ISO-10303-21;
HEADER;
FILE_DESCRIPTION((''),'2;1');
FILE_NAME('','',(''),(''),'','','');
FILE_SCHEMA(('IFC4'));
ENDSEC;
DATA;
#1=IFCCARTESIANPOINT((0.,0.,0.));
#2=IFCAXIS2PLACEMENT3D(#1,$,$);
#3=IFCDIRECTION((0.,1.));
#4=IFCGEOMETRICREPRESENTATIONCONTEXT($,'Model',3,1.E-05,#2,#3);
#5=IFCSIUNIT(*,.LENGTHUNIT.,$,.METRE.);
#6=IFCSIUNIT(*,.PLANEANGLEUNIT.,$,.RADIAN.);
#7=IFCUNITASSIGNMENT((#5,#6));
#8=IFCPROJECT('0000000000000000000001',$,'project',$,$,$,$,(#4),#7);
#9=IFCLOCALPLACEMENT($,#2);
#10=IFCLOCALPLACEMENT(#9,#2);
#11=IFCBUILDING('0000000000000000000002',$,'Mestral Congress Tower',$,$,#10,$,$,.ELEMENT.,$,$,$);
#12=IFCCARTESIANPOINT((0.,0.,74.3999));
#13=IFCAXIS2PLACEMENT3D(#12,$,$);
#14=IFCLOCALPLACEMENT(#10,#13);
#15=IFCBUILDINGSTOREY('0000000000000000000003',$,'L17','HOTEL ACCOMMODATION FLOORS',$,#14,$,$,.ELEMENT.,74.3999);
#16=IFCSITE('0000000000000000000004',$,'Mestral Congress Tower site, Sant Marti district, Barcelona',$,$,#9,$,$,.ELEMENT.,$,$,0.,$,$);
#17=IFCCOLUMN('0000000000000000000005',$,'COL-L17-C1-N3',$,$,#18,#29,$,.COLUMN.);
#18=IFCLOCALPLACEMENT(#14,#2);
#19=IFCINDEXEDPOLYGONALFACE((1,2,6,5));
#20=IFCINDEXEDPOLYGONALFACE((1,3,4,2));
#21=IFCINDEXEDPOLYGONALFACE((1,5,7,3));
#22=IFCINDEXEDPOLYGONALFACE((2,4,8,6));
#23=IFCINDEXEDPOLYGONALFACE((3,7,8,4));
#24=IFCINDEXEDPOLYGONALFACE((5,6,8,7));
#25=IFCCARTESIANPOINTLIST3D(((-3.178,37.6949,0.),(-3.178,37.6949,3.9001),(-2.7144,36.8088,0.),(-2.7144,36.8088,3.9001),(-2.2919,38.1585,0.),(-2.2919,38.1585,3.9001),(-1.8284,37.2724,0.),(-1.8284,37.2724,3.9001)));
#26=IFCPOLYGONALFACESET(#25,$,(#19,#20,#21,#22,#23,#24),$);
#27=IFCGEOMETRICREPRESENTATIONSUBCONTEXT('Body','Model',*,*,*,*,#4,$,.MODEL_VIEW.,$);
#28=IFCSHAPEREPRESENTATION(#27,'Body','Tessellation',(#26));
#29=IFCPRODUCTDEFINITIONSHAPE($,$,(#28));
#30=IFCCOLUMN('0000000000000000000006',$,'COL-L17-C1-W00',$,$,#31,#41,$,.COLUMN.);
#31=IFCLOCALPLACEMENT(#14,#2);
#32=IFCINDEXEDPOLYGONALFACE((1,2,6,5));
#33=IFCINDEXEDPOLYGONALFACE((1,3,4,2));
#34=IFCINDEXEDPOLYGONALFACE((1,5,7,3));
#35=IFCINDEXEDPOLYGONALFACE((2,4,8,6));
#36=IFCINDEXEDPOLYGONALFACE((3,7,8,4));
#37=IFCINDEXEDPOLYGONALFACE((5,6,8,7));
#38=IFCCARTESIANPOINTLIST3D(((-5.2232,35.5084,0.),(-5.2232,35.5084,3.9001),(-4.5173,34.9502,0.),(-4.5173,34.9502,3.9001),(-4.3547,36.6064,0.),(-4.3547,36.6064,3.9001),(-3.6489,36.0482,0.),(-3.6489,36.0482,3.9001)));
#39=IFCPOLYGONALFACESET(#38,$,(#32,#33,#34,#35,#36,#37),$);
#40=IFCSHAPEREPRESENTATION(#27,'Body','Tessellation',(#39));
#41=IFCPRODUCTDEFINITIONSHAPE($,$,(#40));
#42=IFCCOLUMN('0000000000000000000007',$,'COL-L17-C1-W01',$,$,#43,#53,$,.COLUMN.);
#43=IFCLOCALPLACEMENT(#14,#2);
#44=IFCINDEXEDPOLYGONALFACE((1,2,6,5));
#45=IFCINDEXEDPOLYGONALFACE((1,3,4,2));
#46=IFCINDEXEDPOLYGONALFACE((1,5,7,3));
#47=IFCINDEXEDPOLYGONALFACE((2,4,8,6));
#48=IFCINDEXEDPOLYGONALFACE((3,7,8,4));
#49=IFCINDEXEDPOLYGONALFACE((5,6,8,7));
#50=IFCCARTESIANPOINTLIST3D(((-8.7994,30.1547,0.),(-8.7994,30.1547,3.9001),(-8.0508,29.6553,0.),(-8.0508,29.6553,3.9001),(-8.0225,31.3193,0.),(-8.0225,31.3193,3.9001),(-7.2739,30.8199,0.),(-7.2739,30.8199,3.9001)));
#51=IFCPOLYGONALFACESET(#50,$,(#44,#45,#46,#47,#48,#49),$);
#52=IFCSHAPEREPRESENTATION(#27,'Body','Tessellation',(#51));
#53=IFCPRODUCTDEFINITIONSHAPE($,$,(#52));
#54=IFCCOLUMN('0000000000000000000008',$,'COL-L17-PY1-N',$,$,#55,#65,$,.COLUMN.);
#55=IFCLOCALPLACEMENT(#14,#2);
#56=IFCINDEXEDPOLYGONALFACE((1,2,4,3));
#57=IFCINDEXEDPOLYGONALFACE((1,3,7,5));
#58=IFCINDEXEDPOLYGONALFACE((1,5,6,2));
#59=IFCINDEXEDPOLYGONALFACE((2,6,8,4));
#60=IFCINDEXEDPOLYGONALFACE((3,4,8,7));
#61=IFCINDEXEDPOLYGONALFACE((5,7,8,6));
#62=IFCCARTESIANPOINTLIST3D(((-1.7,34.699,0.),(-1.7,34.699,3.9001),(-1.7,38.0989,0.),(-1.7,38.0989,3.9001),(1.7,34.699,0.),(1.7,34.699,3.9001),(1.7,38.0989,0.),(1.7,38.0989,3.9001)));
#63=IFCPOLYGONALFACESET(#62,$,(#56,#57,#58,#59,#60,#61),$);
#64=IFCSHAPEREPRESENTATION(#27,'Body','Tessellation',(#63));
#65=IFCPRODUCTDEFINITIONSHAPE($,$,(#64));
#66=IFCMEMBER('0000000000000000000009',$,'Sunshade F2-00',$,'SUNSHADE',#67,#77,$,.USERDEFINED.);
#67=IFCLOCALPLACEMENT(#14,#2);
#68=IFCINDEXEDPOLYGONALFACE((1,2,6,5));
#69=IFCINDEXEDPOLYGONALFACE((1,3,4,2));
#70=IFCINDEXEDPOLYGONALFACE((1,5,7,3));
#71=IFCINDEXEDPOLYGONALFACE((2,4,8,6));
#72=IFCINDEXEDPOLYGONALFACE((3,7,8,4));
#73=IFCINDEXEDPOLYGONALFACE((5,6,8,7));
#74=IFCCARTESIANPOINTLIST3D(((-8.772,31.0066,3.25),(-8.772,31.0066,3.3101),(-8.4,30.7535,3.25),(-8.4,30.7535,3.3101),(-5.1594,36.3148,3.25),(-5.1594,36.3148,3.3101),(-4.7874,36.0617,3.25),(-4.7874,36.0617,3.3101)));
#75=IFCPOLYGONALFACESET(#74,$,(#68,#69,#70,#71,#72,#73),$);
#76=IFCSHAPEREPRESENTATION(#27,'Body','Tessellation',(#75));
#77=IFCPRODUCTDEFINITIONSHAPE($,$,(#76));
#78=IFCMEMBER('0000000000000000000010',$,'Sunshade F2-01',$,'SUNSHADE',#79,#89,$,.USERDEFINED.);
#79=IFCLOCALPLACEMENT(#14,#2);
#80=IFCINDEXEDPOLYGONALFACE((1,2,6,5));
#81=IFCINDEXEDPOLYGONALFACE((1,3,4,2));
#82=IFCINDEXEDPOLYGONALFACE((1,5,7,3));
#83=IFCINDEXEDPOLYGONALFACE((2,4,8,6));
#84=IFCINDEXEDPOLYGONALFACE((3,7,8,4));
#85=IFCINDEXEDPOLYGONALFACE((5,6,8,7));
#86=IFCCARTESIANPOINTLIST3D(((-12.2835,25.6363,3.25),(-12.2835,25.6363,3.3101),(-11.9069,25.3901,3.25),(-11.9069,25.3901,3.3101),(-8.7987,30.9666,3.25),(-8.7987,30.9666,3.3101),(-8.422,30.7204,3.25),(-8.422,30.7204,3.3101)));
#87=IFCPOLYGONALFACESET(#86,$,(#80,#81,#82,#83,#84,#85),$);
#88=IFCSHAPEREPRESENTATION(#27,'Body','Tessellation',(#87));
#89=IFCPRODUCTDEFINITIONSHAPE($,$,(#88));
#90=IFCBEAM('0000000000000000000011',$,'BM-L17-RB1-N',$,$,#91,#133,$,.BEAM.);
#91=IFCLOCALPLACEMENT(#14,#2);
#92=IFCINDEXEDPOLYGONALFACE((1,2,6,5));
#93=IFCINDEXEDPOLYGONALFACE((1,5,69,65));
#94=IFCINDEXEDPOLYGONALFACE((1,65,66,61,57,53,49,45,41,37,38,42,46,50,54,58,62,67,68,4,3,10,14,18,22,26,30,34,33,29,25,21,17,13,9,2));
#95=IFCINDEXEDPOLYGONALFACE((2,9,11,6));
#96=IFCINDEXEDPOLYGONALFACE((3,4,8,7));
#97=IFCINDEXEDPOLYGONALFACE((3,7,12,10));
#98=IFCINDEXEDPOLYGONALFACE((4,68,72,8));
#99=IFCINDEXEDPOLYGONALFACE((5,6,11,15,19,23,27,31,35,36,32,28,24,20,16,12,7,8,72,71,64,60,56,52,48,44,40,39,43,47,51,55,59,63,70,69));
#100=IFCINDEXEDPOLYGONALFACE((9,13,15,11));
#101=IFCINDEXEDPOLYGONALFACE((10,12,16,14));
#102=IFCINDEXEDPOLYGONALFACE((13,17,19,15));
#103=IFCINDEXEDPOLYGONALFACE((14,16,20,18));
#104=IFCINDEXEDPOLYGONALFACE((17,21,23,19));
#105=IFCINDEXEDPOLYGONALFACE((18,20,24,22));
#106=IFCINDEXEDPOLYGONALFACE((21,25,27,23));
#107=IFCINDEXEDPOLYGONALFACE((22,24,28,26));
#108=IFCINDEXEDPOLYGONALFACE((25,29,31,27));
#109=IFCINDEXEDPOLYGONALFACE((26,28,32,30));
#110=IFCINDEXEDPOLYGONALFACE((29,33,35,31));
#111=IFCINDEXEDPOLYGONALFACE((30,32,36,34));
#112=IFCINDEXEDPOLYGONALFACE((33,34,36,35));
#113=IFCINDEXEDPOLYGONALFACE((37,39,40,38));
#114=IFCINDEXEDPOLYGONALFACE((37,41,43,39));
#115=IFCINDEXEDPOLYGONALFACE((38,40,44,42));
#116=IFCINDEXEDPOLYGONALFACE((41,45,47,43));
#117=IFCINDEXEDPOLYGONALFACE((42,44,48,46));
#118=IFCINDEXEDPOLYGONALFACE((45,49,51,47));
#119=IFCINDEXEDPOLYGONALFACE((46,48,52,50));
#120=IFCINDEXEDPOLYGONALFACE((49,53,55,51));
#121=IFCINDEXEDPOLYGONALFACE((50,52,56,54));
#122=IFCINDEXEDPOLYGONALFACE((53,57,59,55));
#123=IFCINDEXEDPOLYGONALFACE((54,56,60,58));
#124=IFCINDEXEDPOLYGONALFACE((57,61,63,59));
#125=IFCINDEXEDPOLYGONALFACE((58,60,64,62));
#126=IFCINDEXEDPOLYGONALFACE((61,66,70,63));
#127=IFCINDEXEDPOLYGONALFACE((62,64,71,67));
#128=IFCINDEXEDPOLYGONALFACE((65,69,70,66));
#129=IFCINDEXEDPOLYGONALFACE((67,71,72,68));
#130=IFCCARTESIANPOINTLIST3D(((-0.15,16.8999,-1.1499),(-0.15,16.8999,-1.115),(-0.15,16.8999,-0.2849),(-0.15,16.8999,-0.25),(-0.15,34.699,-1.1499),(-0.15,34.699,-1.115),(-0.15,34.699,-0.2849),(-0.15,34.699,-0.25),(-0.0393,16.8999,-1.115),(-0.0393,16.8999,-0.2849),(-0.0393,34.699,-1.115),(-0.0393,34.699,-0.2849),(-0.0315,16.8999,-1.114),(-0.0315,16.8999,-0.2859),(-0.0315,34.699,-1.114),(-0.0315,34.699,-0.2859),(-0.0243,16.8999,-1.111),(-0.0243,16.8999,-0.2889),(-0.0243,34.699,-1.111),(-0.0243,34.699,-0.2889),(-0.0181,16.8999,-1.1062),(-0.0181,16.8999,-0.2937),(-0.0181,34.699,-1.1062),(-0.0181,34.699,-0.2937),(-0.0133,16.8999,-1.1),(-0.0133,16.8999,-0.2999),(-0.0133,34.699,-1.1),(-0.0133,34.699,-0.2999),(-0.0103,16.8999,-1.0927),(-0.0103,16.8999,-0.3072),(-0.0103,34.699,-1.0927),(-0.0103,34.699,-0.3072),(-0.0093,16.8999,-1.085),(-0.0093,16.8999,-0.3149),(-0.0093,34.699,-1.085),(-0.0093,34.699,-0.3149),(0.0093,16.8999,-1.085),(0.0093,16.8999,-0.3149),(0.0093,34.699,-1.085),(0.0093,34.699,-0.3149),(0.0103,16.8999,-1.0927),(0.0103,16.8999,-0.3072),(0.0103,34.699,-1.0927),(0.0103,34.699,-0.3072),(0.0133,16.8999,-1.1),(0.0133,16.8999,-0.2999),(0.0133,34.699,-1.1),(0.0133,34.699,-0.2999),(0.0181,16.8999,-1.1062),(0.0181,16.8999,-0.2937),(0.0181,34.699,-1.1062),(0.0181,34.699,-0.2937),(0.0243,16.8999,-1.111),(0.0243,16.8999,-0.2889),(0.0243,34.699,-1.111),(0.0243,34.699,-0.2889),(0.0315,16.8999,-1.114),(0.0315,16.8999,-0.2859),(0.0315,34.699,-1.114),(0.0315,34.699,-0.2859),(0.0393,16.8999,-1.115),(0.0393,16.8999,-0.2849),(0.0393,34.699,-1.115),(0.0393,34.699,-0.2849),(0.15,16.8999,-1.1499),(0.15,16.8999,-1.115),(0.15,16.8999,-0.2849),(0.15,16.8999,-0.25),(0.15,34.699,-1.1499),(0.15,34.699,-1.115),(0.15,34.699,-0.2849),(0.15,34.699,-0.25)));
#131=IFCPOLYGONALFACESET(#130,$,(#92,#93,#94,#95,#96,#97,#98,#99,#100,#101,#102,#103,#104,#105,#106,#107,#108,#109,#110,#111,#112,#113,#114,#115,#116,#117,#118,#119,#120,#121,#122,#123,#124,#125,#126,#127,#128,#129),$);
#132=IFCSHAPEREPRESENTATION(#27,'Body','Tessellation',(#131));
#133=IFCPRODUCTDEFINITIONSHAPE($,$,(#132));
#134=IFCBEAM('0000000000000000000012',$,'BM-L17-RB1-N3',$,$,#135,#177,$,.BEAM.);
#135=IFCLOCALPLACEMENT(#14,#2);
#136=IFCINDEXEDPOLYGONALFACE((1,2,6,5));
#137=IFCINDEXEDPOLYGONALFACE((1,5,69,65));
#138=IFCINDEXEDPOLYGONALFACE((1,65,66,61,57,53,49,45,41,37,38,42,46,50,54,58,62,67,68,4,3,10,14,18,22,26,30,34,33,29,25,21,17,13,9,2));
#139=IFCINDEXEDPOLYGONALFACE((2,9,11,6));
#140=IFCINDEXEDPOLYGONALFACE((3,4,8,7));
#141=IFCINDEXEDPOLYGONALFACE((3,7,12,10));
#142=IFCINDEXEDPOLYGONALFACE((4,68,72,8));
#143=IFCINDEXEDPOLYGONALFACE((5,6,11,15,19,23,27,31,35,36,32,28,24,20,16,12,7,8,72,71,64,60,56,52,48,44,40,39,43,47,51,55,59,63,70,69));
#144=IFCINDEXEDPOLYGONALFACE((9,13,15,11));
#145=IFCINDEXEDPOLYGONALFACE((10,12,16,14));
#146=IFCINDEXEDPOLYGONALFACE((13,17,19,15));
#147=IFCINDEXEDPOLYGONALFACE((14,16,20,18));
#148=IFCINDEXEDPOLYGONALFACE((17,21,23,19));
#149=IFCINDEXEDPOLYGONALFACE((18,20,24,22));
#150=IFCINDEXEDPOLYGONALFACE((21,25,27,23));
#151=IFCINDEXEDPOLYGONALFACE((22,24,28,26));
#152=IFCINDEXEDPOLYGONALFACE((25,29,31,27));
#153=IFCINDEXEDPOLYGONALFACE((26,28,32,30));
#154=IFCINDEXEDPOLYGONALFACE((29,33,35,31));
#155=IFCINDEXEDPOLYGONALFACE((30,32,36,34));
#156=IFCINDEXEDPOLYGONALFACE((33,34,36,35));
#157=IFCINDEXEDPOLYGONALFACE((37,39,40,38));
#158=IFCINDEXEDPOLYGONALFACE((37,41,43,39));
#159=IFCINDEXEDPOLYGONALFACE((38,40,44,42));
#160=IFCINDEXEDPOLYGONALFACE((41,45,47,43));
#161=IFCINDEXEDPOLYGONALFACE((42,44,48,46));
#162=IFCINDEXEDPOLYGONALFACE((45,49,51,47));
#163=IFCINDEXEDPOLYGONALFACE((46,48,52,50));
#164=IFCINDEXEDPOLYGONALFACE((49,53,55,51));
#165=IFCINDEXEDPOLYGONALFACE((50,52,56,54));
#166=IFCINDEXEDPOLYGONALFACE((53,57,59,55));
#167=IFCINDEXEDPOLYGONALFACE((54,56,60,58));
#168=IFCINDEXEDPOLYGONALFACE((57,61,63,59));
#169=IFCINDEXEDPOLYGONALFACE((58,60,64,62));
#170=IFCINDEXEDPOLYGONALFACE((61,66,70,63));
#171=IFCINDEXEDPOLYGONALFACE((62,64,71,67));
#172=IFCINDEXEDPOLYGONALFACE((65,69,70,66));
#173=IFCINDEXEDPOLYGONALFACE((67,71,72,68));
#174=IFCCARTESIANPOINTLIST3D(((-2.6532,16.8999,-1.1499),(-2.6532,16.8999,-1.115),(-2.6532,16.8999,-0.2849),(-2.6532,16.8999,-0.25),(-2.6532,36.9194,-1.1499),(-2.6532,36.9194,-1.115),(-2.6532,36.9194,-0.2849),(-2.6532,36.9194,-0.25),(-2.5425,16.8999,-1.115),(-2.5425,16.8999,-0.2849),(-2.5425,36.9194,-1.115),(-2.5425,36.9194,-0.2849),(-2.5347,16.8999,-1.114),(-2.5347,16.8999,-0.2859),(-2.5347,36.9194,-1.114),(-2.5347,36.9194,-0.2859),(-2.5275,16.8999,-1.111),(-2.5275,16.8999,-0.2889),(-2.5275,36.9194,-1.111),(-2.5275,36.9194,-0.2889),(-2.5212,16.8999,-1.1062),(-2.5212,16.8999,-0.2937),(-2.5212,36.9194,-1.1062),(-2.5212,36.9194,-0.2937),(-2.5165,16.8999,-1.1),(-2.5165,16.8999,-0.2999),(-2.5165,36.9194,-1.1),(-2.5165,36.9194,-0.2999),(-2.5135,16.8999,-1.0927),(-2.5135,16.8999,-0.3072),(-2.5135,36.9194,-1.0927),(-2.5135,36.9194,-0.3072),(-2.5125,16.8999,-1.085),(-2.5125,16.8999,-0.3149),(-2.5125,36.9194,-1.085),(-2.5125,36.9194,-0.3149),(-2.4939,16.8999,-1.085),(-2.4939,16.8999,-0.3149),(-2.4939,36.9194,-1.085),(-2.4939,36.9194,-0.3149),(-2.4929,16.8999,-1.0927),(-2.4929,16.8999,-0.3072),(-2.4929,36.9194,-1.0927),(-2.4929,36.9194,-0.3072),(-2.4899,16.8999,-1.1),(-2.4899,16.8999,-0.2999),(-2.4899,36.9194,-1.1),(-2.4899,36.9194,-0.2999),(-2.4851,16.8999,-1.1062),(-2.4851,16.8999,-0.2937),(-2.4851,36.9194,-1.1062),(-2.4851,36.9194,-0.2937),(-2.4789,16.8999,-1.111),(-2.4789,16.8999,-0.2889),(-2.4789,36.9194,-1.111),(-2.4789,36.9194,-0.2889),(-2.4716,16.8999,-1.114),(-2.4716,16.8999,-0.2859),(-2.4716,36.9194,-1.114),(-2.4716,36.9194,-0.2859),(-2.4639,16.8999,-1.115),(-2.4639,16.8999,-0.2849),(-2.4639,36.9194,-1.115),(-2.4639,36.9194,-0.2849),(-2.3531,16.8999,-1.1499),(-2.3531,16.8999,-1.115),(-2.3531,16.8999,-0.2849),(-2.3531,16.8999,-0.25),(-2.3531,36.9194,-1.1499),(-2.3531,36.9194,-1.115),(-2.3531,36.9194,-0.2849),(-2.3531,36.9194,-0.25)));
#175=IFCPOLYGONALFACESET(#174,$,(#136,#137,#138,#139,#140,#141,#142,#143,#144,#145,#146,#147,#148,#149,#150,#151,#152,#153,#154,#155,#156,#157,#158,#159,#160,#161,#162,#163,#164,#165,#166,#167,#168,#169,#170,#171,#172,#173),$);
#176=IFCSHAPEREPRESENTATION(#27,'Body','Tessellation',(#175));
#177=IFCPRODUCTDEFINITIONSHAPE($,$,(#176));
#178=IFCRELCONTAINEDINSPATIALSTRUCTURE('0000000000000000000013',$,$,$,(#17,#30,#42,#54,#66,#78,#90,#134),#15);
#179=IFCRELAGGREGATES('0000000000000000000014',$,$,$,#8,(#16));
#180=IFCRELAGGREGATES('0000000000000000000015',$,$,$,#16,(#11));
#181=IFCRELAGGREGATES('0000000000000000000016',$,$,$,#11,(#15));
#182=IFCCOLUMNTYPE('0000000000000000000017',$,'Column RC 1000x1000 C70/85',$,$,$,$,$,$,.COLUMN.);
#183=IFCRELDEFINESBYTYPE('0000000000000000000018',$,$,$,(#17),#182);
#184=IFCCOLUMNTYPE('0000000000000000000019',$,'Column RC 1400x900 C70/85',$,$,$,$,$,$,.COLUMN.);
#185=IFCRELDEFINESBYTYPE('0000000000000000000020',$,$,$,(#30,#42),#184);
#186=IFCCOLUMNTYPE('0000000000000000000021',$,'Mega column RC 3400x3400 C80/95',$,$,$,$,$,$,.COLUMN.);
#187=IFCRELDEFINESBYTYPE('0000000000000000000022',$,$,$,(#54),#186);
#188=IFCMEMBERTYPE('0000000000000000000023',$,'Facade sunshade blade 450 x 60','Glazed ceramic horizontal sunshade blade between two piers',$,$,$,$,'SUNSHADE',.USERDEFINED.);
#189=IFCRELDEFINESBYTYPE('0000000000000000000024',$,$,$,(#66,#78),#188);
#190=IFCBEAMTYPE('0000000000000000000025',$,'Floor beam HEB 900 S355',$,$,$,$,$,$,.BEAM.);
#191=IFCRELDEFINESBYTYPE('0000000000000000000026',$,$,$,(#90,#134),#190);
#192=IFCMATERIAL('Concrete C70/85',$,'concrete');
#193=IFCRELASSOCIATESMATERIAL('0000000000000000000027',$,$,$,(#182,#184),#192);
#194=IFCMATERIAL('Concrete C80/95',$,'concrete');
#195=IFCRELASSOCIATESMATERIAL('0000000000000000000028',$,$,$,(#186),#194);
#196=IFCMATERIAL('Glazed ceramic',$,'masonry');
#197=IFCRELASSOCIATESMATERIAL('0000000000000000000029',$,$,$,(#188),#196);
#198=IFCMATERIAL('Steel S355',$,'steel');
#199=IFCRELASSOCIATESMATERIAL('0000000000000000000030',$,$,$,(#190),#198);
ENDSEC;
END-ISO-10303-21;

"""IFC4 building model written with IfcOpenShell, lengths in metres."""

from ifc_helpers import new_model, si_unit, direction, frame, origin, origin_2d, place, context, subcontext, project, spatial, rectangle, i_section, extrude, material, material_profile, profile_set, type_object, element, save


model = new_model("IFC4")

# Units and contexts
model_context = context("Model", 3, precision=1e-05, world=origin(), true_north=direction((0.0, 1.0)))
body_context = subcontext(model_context, "Body", "Model", "MODEL_VIEW")
ifc_project = project(units=[si_unit("LENGTHUNIT", "METRE"), si_unit("PLANEANGLEUNIT", "RADIAN")], contexts=[model_context])

# Site, building, storey
site_placement = place(None, origin())
site = spatial("IfcSite", under=ifc_project, at=site_placement, Name="Mestral Congress Tower site, Sant Marti district, Barcelona", CompositionType="ELEMENT", RefElevation=0.0)
building_placement = place(site_placement, origin())
building = spatial("IfcBuilding", under=site, at=building_placement, Name="Mestral Congress Tower", CompositionType="ELEMENT")
storey_placement = place(building_placement, frame((0.0, 0.0, 74.3999)))
storey = spatial("IfcBuildingStorey", under=building, at=storey_placement, Name="L17", Description="HOTEL ACCOMMODATION FLOORS", CompositionType="ELEMENT", Elevation=74.3999)

# Columns
ifc_material_1 = material(Name="Concrete C70/85", Category="concrete")
ifc_material_profile_1 = material_profile(ifc_material_1, rectangle(XDim=1.0, YDim=1.0, at=origin_2d()), Name="RC 1000x1000")
ifc_profile_set_1 = profile_set([ifc_material_profile_1], Name="Concrete C70/85")
column_type_1 = type_object("IfcColumnType", Name="Column RC 1000x1000 C70/85", PredefinedType="COLUMN", material=ifc_profile_set_1)
column_1_placement = place(storey_placement, frame((-2.5032, 37.4836, 0.0), z_axis=(0.0, 0.0, 1.0), x_axis=(-0.886068, -0.463556, 0.0)))
element("IfcColumn", 1, at=column_1_placement, inside=storey, type_object=column_type_1, Name="COL-L17-C1-N3", PredefinedType="COLUMN", context=body_context, shape_type="SweptSolid", body=[
    extrude(rectangle(XDim=1.0, YDim=1.0, at=origin_2d()), origin(), (0.0, 0.0, 1.0), 3.9001),
])
ifc_material_profile_2 = material_profile(ifc_material_1, rectangle(XDim=1.3999, YDim=0.8999, at=origin_2d()), Name="RC 1400x900")
ifc_profile_set_2 = profile_set([ifc_material_profile_2], Name="Concrete C70/85")
column_type_2 = type_object("IfcColumnType", Name="Column RC 1400x900 C70/85", PredefinedType="COLUMN", material=ifc_profile_set_2)
for number, where, z_axis, x_axis, name in (
    (2, (-4.436, 35.7783, 0.0), (0.0, 0.0, 1.0), (-0.620334, -0.784338, 0.0), "COL-L17-C1-W00"),
    (3, (-8.0366, 30.4873, 0.0), (0.0, 0.0, 1.0), (-0.554949, -0.831884, 0.0), "COL-L17-C1-W01"),
):
    element("IfcColumn", number, at=place(storey_placement, frame(where, z_axis=z_axis, x_axis=x_axis)), inside=storey, type_object=column_type_2, Name=name, PredefinedType="COLUMN", context=body_context, shape_type="SweptSolid", body=[
        extrude(rectangle(XDim=1.3999, YDim=0.8999, at=origin_2d()), origin(), (0.0, 0.0, 1.0), 3.9001),
    ])
ifc_material_2 = material(Name="Concrete C80/95", Category="concrete")
ifc_material_profile_3 = material_profile(ifc_material_2, rectangle(XDim=3.3999, YDim=3.3999, at=origin_2d()), Name="RC 3400x3400")
ifc_profile_set_3 = profile_set([ifc_material_profile_3], Name="Concrete C80/95")
column_type_3 = type_object("IfcColumnType", Name="Mega column RC 3400x3400 C80/95", PredefinedType="COLUMN", material=ifc_profile_set_3)
column_2_placement = place(storey_placement, frame((0.0, 36.3989, 0.0), z_axis=(0.0, 0.0, 1.0), x_axis=(0.0, 1.0, 0.0)))
element("IfcColumn", 4, at=column_2_placement, inside=storey, type_object=column_type_3, Name="COL-L17-PY1-N", PredefinedType="COLUMN", context=body_context, shape_type="SweptSolid", body=[
    extrude(rectangle(XDim=3.3999, YDim=3.3999, at=origin_2d()), origin(), (0.0, 0.0, 1.0), 3.9001),
])

# Members
ifc_material_3 = material(Name="Glazed ceramic", Category="masonry")
ifc_material_profile_4 = material_profile(ifc_material_3, rectangle(XDim=0.45, YDim=0.0601, at=origin_2d()), Name="Ceramic blade 450 x 60")
ifc_profile_set_4 = profile_set([ifc_material_profile_4], Name="Glazed ceramic")
member_type = type_object("IfcMemberType", Name="Facade sunshade blade 450 x 60", Description="Glazed ceramic horizontal sunshade blade between two piers", ElementType="SUNSHADE", PredefinedType="USERDEFINED", material=ifc_profile_set_4)
member_1_placement = place(storey_placement, frame((-4.9734, 36.1882, 3.28), z_axis=(-0.562633, -0.826706, 0.0), x_axis=(0.826706, -0.562633, 0.0)))
element("IfcMember", 5, at=member_1_placement, inside=storey, type_object=member_type, Name="Sunshade F2-00", ObjectType="SUNSHADE", PredefinedType="USERDEFINED", context=body_context, shape_type="SweptSolid", body=[
    extrude(rectangle(XDim=0.45, YDim=0.0601, at=origin_2d()), origin(), (0.0, 0.0, 1.0), 6.4209),
])
member_2_placement = place(storey_placement, frame((-8.6104, 30.8435, 3.28), z_axis=(-0.547211, -0.836995, 0.0), x_axis=(0.836995, -0.547211, 0.0)))
element("IfcMember", 6, at=member_2_placement, inside=storey, type_object=member_type, Name="Sunshade F2-01", ObjectType="SUNSHADE", PredefinedType="USERDEFINED", context=body_context, shape_type="SweptSolid", body=[
    extrude(rectangle(XDim=0.45, YDim=0.0601, at=origin_2d()), origin(), (0.0, 0.0, 1.0), 6.3684),
])

# Beams
ifc_material_4 = material(Name="Steel S355", Category="steel")
ifc_material_profile_5 = material_profile(ifc_material_4, i_section(OverallWidth=0.3, OverallDepth=0.8999, WebThickness=0.0186, FlangeThickness=0.0349, FilletRadius=0.03, at=origin_2d()), Name="HEB 900")
ifc_profile_set_5 = profile_set([ifc_material_profile_5], Name="Steel S355")
beam_type_1 = type_object("IfcBeamType", Name="Floor beam HEB 900 S355", PredefinedType="BEAM", material=ifc_profile_set_5)
beam_1_placement = place(storey_placement, frame((0.0, 34.699, -0.7), z_axis=(0.0, -1.0, 0.0), x_axis=(1.0, 0.0, 0.0)))
element("IfcBeam", 7, at=beam_1_placement, inside=storey, type_object=beam_type_1, Name="BM-L17-RB1-N", PredefinedType="BEAM", context=body_context, shape_type="SweptSolid", body=[
    extrude(i_section(OverallWidth=0.3, OverallDepth=0.8999, WebThickness=0.0186, FlangeThickness=0.0349, FilletRadius=0.03, at=origin_2d()), origin(), (0.0, 0.0, 1.0), 17.7991),
])
beam_2_placement = place(storey_placement, frame((-2.5032, 36.9194, -0.7), z_axis=(0.0, -1.0, 0.0), x_axis=(1.0, 0.0, 0.0)))
element("IfcBeam", 8, at=beam_2_placement, inside=storey, type_object=beam_type_1, Name="BM-L17-RB1-N3", PredefinedType="BEAM", context=body_context, shape_type="SweptSolid", body=[
    extrude(i_section(OverallWidth=0.3, OverallDepth=0.8999, WebThickness=0.0186, FlangeThickness=0.0349, FilletRadius=0.03, at=origin_2d()), origin(), (0.0, 0.0, 1.0), 20.0195),
])

save(model, "model.ifc")
